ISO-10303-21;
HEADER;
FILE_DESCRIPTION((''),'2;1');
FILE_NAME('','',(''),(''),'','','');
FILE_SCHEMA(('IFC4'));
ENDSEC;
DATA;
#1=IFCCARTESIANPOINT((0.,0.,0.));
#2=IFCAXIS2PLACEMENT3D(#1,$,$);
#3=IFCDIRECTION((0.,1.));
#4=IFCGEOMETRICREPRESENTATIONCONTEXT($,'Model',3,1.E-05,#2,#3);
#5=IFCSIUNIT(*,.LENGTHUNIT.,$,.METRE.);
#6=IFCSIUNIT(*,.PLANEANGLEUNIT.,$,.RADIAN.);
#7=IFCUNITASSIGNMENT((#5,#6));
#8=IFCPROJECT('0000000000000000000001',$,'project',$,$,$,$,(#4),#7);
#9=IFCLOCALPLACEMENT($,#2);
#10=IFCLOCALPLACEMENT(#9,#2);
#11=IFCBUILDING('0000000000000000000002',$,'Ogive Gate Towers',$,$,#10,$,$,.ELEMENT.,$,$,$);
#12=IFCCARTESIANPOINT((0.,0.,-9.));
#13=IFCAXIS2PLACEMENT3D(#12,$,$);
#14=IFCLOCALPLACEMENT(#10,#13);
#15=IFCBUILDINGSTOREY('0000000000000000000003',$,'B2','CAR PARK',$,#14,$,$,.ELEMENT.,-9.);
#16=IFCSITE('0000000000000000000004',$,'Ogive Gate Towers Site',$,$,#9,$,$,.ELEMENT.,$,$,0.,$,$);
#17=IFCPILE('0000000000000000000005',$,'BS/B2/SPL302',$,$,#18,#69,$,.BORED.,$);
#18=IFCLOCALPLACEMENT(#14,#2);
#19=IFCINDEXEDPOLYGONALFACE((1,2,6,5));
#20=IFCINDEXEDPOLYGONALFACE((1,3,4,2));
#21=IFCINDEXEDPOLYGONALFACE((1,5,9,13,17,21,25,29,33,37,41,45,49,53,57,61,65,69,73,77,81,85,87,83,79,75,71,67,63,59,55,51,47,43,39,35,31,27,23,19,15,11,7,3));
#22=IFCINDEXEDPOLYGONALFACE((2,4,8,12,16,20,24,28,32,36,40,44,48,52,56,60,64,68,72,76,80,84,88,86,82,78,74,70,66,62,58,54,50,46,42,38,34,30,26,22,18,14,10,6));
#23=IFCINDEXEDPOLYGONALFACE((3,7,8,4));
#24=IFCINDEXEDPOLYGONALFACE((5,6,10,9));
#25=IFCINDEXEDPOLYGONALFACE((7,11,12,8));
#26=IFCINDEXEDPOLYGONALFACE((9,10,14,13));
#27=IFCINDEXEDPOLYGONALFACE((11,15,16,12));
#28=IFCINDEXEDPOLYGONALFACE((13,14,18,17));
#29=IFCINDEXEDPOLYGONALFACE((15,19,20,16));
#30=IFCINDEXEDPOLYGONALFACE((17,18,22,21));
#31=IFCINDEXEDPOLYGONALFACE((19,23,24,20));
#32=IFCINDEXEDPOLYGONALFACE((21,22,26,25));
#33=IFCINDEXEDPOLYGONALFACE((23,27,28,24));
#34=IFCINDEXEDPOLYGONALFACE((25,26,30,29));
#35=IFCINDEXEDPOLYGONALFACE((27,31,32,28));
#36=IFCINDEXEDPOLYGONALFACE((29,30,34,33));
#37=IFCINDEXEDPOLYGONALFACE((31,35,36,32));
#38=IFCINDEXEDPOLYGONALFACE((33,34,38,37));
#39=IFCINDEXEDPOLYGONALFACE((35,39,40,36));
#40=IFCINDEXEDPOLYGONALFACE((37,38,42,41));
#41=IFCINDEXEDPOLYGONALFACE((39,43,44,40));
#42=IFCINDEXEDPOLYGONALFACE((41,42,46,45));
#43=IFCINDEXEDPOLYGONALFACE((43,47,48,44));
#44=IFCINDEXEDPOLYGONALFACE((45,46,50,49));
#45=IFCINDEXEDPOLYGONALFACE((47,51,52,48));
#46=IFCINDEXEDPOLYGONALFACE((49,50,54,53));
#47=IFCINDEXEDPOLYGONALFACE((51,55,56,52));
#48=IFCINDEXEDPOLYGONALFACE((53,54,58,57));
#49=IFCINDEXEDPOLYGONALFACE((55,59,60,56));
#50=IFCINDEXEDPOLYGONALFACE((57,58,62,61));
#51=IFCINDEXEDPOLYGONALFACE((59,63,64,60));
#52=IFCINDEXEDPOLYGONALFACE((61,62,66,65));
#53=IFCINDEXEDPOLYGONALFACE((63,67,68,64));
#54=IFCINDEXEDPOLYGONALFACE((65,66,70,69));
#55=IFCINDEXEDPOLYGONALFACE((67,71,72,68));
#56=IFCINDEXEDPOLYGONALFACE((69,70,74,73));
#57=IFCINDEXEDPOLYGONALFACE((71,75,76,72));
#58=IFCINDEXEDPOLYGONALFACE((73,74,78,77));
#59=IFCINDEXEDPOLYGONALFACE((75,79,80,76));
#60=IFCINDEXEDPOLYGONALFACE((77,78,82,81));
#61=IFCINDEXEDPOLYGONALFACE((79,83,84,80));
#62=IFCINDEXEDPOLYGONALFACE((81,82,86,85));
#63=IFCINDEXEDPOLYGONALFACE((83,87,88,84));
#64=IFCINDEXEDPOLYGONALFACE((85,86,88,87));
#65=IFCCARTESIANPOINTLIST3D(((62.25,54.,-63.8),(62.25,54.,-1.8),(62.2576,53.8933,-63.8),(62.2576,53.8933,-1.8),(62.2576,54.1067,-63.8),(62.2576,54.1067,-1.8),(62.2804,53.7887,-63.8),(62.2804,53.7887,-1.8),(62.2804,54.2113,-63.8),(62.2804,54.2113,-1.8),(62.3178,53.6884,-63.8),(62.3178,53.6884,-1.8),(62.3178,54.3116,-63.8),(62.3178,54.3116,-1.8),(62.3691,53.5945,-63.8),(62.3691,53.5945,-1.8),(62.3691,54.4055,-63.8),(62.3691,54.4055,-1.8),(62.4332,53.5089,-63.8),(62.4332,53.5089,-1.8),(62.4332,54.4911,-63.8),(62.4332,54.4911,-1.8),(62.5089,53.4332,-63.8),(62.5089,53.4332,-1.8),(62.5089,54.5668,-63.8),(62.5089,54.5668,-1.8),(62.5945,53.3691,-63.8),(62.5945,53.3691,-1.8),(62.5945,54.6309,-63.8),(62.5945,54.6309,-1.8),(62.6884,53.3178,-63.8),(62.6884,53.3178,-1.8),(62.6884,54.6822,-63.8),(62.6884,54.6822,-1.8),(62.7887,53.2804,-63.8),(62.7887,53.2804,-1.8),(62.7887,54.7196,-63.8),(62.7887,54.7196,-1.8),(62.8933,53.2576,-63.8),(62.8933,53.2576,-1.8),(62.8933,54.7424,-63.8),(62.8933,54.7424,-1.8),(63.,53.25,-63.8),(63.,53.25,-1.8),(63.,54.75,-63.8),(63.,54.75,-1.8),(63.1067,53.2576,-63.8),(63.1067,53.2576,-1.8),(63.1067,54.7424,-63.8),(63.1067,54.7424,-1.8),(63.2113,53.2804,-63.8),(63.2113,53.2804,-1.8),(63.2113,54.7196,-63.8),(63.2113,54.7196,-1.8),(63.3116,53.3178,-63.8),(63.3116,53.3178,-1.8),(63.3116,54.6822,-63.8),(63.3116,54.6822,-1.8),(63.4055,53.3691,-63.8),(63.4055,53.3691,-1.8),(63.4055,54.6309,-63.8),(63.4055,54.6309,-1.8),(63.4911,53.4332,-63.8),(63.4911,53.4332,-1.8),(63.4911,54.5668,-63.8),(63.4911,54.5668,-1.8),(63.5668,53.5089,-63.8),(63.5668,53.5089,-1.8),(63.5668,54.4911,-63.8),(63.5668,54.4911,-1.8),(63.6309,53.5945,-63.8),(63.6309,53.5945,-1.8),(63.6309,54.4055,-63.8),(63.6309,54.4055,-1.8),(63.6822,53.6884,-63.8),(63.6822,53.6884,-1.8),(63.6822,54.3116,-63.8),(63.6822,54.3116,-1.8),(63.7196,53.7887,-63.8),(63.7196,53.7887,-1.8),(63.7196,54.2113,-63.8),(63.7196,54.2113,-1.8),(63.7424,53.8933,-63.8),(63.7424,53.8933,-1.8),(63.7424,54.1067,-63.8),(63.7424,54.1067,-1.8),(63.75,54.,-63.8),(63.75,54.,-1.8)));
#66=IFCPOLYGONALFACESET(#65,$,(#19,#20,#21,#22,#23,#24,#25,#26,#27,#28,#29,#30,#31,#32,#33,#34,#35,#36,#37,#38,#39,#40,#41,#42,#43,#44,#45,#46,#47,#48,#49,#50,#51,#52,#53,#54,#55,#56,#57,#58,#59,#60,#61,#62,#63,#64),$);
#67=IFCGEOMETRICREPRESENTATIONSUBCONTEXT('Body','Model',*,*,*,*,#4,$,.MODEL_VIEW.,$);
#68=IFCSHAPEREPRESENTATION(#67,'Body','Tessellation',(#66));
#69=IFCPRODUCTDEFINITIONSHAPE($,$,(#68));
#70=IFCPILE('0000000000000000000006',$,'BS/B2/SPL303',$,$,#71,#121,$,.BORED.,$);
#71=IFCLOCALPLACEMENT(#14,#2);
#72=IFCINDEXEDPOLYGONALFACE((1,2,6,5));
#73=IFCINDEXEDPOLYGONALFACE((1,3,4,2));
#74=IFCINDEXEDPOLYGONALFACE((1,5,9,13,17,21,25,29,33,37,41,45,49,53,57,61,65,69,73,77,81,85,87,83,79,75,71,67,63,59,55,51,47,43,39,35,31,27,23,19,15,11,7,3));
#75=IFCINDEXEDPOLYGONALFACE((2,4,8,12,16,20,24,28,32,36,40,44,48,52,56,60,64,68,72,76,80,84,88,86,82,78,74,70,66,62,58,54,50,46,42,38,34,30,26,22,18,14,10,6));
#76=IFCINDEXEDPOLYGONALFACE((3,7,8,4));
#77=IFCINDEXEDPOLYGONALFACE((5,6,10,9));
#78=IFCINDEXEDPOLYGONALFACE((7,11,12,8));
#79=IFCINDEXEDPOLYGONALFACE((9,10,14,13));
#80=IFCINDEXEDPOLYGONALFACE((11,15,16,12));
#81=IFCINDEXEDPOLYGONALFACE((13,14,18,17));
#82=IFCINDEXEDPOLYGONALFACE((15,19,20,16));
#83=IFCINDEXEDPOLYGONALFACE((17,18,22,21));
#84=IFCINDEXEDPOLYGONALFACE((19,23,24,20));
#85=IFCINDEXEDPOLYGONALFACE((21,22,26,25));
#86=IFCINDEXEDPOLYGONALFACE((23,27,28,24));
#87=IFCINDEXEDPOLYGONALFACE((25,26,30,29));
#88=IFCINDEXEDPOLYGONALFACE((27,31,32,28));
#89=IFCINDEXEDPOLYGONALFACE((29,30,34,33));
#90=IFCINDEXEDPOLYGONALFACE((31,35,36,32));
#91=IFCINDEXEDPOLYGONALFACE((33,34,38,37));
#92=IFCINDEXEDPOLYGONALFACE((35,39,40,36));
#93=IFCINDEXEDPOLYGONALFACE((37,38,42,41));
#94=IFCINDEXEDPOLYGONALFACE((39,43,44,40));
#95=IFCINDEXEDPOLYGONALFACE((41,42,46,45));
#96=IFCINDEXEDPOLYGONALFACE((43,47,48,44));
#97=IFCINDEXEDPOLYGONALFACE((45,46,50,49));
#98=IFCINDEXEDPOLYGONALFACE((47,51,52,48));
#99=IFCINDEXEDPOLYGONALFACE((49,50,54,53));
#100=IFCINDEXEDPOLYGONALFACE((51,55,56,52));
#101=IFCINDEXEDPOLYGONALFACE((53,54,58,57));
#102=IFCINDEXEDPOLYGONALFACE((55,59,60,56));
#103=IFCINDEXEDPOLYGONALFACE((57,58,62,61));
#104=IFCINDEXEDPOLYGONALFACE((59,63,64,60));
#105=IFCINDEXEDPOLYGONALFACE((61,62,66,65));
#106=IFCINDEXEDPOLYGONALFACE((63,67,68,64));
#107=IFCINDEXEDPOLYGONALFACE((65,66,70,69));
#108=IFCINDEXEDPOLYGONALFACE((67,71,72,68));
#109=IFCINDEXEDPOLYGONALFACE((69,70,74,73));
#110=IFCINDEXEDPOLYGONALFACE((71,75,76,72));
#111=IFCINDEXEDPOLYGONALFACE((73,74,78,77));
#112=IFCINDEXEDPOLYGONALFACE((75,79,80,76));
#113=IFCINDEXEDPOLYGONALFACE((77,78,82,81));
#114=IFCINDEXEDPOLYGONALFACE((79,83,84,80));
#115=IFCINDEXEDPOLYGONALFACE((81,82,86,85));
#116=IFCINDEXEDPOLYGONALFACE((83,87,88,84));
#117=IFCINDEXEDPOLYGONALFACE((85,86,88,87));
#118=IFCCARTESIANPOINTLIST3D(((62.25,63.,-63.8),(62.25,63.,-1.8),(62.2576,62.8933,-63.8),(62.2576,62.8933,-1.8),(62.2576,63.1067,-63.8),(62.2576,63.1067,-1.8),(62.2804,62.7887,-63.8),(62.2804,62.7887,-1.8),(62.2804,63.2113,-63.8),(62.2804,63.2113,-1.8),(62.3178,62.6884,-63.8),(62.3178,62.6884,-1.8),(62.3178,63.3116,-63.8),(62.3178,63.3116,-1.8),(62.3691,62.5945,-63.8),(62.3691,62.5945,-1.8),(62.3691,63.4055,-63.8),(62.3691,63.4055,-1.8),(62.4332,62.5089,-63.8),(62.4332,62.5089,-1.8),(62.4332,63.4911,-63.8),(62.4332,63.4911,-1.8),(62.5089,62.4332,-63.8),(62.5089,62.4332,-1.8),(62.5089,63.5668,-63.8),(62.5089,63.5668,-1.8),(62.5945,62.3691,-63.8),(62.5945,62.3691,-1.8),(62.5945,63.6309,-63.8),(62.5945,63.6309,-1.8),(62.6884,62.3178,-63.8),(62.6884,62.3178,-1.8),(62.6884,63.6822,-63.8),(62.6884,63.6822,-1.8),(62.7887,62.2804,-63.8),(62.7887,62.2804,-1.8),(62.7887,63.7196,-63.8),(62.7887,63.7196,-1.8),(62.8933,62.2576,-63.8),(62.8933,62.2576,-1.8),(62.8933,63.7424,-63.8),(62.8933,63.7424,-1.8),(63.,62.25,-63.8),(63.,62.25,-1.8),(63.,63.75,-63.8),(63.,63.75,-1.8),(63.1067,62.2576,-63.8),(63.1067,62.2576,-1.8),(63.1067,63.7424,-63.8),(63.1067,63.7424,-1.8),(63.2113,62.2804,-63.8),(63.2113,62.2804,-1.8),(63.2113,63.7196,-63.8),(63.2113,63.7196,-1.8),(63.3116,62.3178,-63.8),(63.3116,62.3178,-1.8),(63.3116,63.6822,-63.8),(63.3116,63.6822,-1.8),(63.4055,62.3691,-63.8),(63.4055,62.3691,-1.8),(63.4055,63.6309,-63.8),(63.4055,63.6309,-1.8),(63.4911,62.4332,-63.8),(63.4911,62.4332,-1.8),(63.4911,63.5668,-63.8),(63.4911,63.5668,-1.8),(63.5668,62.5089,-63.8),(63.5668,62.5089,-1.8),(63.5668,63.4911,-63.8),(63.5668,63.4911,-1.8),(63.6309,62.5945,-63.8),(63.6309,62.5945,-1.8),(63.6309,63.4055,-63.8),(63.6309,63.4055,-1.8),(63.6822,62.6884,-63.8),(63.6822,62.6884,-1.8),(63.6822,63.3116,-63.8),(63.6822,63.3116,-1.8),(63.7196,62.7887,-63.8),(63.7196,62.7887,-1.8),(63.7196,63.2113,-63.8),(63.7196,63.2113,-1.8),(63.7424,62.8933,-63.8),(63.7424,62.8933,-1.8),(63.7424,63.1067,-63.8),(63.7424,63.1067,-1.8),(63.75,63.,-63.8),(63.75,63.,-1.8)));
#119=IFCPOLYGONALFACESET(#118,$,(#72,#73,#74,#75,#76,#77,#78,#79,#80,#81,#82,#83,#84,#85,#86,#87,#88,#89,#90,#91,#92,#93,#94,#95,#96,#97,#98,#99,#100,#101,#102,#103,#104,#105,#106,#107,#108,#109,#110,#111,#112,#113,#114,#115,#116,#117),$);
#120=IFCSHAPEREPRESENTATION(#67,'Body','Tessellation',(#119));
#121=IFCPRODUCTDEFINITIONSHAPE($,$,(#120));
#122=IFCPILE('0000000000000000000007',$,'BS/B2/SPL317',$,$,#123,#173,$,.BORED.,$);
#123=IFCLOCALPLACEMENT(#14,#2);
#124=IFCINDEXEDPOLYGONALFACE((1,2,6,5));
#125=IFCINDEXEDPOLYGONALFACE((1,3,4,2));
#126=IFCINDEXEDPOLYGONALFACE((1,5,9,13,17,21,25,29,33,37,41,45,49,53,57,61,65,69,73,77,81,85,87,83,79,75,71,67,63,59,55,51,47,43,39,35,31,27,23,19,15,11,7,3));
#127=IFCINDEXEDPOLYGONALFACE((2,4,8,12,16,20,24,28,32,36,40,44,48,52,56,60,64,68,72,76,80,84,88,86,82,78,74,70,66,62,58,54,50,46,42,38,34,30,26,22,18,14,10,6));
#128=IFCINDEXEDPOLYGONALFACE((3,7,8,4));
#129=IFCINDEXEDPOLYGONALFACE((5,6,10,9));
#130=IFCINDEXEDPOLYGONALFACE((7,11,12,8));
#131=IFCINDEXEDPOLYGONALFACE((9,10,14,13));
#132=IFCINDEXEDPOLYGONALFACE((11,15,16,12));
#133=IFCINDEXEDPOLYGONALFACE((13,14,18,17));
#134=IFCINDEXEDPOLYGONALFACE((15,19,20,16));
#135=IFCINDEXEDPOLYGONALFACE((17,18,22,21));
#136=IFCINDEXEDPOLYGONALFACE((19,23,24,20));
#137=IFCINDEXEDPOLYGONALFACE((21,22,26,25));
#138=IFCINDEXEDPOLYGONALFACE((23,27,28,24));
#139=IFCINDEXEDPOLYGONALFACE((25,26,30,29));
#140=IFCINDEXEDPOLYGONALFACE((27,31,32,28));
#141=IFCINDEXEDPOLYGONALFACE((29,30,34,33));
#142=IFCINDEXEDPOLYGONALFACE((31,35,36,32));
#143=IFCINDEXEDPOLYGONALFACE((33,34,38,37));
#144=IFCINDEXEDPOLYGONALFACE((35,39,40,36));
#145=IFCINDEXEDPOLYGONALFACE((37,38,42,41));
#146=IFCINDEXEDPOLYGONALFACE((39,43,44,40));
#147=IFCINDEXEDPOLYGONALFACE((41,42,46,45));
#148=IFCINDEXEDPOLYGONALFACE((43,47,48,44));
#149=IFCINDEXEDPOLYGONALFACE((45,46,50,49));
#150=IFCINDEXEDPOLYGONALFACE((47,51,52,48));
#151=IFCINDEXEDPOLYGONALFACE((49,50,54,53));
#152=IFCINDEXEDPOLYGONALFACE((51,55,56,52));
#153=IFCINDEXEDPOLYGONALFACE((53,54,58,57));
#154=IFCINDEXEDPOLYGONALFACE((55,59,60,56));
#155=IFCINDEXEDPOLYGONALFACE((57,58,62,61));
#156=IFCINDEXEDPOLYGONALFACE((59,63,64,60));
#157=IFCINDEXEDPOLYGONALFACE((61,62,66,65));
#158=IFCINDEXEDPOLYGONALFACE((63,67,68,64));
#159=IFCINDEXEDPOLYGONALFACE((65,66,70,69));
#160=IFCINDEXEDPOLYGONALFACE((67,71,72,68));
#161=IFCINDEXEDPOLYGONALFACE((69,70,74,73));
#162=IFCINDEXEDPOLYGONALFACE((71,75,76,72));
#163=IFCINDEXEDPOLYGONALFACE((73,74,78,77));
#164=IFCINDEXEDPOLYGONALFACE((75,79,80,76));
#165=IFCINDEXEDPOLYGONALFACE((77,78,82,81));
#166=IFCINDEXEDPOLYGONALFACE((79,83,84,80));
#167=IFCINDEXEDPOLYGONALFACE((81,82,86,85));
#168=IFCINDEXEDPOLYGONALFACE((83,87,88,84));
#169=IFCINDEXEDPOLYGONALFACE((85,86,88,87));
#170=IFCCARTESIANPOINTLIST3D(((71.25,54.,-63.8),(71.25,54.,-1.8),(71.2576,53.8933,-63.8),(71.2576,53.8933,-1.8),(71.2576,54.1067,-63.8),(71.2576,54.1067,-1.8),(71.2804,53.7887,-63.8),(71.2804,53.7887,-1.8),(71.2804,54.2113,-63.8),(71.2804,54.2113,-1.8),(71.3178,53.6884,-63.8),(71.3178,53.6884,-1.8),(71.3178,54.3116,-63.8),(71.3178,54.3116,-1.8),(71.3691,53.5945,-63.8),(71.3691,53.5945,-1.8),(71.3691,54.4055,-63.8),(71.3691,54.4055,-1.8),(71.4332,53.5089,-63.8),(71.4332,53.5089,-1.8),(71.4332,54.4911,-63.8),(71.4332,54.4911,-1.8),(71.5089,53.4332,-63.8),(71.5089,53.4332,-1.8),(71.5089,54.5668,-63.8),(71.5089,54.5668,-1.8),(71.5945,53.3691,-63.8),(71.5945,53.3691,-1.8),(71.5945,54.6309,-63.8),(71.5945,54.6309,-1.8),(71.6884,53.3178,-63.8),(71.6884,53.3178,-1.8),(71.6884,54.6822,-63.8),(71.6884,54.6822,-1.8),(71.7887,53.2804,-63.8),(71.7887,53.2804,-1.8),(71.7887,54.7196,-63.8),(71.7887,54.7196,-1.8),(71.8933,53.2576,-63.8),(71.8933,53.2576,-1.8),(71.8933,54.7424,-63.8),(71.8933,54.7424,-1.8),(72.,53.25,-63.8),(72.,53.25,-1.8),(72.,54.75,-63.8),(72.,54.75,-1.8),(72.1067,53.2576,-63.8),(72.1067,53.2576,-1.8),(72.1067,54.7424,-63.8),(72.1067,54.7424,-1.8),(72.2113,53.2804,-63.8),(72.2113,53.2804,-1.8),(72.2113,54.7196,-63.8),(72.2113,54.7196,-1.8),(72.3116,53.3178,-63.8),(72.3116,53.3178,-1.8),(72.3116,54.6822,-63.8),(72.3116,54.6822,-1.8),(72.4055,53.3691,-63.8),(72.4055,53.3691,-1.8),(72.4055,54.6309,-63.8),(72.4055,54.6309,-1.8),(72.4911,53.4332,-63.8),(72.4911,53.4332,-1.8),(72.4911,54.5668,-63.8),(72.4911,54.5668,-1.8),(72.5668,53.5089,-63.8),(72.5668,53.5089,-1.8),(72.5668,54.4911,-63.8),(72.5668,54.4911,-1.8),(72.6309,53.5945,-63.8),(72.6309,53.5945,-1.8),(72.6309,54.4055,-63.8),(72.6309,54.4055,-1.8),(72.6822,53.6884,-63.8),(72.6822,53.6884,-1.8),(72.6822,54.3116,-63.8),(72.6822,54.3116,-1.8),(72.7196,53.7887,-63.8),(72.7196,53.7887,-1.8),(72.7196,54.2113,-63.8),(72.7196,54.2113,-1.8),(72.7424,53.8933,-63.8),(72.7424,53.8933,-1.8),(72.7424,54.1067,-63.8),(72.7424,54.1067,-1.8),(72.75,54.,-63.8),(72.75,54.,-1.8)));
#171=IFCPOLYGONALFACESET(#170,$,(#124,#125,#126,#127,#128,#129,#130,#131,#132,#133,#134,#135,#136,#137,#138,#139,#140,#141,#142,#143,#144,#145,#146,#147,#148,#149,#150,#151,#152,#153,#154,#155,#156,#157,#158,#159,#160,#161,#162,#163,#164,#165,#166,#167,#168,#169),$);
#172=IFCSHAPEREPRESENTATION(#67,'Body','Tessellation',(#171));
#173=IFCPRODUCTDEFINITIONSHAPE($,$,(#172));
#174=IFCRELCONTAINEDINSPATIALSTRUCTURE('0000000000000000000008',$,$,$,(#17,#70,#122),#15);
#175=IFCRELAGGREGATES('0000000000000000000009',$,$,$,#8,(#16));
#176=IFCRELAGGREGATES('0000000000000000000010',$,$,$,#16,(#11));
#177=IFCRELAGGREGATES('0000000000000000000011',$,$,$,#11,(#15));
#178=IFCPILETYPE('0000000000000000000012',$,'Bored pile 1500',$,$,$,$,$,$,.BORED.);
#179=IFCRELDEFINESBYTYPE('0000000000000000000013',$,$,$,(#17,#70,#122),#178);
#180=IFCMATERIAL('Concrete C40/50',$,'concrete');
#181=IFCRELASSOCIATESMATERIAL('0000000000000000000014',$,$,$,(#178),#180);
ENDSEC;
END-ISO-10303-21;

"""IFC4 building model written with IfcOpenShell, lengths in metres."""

from ifc_helpers import new_model, si_unit, direction, frame, origin, origin_2d, place, context, subcontext, project, spatial, circle, extrude, material, material_profile, profile_set, type_object, element, save


model = new_model("IFC4")

# Units and contexts
model_context = context("Model", 3, precision=1e-05, world=origin(), true_north=direction((0.0, 1.0)))
body_context = subcontext(model_context, "Body", "Model", "MODEL_VIEW")
ifc_project = project(units=[si_unit("LENGTHUNIT", "METRE"), si_unit("PLANEANGLEUNIT", "RADIAN")], contexts=[model_context])

# Site, building, storey
site_placement = place(None, origin())
site = spatial("IfcSite", under=ifc_project, at=site_placement, Name="Ogive Gate Towers Site", CompositionType="ELEMENT", RefElevation=0.0)
building_placement = place(site_placement, origin())
building = spatial("IfcBuilding", under=site, at=building_placement, Name="Ogive Gate Towers", CompositionType="ELEMENT")
storey_placement = place(building_placement, frame((0.0, 0.0, -9.0)))
storey = spatial("IfcBuildingStorey", under=building, at=storey_placement, Name="B2", Description="CAR PARK", CompositionType="ELEMENT", Elevation=-9.0)

# Piles
ifc_material_1 = material(Name="Concrete C40/50", Category="concrete")
ifc_material_profile_1 = material_profile(ifc_material_1, circle(Radius=0.75, at=origin_2d()), Name="BP 1500")
ifc_profile_set_1 = profile_set([ifc_material_profile_1], Name="Concrete C40/50")
pile_type = type_object("IfcPileType", Name="Bored pile 1500", PredefinedType="BORED", material=ifc_profile_set_1)
for number, where, z_axis, x_axis, name in (
    (1, (63.0, 54.0, -1.8), (0.0, 0.0, -1.0), (1.0, 0.0, 0.0), "BS/B2/SPL302"),
    (2, (63.0, 63.0, -1.8), (0.0, 0.0, -1.0), (1.0, 0.0, 0.0), "BS/B2/SPL303"),
    (3, (72.0, 54.0, -1.8), (0.0, 0.0, -1.0), (1.0, 0.0, 0.0), "BS/B2/SPL317"),
):
    element("IfcPile", number, at=place(storey_placement, frame(where, z_axis=z_axis, x_axis=x_axis)), inside=storey, type_object=pile_type, Name=name, PredefinedType="BORED", context=body_context, shape_type="SweptSolid", body=[
        extrude(circle(Radius=0.75, at=origin_2d()), origin(), (0.0, 0.0, 1.0), 62.0),
    ])

save(model, "model.ifc")
